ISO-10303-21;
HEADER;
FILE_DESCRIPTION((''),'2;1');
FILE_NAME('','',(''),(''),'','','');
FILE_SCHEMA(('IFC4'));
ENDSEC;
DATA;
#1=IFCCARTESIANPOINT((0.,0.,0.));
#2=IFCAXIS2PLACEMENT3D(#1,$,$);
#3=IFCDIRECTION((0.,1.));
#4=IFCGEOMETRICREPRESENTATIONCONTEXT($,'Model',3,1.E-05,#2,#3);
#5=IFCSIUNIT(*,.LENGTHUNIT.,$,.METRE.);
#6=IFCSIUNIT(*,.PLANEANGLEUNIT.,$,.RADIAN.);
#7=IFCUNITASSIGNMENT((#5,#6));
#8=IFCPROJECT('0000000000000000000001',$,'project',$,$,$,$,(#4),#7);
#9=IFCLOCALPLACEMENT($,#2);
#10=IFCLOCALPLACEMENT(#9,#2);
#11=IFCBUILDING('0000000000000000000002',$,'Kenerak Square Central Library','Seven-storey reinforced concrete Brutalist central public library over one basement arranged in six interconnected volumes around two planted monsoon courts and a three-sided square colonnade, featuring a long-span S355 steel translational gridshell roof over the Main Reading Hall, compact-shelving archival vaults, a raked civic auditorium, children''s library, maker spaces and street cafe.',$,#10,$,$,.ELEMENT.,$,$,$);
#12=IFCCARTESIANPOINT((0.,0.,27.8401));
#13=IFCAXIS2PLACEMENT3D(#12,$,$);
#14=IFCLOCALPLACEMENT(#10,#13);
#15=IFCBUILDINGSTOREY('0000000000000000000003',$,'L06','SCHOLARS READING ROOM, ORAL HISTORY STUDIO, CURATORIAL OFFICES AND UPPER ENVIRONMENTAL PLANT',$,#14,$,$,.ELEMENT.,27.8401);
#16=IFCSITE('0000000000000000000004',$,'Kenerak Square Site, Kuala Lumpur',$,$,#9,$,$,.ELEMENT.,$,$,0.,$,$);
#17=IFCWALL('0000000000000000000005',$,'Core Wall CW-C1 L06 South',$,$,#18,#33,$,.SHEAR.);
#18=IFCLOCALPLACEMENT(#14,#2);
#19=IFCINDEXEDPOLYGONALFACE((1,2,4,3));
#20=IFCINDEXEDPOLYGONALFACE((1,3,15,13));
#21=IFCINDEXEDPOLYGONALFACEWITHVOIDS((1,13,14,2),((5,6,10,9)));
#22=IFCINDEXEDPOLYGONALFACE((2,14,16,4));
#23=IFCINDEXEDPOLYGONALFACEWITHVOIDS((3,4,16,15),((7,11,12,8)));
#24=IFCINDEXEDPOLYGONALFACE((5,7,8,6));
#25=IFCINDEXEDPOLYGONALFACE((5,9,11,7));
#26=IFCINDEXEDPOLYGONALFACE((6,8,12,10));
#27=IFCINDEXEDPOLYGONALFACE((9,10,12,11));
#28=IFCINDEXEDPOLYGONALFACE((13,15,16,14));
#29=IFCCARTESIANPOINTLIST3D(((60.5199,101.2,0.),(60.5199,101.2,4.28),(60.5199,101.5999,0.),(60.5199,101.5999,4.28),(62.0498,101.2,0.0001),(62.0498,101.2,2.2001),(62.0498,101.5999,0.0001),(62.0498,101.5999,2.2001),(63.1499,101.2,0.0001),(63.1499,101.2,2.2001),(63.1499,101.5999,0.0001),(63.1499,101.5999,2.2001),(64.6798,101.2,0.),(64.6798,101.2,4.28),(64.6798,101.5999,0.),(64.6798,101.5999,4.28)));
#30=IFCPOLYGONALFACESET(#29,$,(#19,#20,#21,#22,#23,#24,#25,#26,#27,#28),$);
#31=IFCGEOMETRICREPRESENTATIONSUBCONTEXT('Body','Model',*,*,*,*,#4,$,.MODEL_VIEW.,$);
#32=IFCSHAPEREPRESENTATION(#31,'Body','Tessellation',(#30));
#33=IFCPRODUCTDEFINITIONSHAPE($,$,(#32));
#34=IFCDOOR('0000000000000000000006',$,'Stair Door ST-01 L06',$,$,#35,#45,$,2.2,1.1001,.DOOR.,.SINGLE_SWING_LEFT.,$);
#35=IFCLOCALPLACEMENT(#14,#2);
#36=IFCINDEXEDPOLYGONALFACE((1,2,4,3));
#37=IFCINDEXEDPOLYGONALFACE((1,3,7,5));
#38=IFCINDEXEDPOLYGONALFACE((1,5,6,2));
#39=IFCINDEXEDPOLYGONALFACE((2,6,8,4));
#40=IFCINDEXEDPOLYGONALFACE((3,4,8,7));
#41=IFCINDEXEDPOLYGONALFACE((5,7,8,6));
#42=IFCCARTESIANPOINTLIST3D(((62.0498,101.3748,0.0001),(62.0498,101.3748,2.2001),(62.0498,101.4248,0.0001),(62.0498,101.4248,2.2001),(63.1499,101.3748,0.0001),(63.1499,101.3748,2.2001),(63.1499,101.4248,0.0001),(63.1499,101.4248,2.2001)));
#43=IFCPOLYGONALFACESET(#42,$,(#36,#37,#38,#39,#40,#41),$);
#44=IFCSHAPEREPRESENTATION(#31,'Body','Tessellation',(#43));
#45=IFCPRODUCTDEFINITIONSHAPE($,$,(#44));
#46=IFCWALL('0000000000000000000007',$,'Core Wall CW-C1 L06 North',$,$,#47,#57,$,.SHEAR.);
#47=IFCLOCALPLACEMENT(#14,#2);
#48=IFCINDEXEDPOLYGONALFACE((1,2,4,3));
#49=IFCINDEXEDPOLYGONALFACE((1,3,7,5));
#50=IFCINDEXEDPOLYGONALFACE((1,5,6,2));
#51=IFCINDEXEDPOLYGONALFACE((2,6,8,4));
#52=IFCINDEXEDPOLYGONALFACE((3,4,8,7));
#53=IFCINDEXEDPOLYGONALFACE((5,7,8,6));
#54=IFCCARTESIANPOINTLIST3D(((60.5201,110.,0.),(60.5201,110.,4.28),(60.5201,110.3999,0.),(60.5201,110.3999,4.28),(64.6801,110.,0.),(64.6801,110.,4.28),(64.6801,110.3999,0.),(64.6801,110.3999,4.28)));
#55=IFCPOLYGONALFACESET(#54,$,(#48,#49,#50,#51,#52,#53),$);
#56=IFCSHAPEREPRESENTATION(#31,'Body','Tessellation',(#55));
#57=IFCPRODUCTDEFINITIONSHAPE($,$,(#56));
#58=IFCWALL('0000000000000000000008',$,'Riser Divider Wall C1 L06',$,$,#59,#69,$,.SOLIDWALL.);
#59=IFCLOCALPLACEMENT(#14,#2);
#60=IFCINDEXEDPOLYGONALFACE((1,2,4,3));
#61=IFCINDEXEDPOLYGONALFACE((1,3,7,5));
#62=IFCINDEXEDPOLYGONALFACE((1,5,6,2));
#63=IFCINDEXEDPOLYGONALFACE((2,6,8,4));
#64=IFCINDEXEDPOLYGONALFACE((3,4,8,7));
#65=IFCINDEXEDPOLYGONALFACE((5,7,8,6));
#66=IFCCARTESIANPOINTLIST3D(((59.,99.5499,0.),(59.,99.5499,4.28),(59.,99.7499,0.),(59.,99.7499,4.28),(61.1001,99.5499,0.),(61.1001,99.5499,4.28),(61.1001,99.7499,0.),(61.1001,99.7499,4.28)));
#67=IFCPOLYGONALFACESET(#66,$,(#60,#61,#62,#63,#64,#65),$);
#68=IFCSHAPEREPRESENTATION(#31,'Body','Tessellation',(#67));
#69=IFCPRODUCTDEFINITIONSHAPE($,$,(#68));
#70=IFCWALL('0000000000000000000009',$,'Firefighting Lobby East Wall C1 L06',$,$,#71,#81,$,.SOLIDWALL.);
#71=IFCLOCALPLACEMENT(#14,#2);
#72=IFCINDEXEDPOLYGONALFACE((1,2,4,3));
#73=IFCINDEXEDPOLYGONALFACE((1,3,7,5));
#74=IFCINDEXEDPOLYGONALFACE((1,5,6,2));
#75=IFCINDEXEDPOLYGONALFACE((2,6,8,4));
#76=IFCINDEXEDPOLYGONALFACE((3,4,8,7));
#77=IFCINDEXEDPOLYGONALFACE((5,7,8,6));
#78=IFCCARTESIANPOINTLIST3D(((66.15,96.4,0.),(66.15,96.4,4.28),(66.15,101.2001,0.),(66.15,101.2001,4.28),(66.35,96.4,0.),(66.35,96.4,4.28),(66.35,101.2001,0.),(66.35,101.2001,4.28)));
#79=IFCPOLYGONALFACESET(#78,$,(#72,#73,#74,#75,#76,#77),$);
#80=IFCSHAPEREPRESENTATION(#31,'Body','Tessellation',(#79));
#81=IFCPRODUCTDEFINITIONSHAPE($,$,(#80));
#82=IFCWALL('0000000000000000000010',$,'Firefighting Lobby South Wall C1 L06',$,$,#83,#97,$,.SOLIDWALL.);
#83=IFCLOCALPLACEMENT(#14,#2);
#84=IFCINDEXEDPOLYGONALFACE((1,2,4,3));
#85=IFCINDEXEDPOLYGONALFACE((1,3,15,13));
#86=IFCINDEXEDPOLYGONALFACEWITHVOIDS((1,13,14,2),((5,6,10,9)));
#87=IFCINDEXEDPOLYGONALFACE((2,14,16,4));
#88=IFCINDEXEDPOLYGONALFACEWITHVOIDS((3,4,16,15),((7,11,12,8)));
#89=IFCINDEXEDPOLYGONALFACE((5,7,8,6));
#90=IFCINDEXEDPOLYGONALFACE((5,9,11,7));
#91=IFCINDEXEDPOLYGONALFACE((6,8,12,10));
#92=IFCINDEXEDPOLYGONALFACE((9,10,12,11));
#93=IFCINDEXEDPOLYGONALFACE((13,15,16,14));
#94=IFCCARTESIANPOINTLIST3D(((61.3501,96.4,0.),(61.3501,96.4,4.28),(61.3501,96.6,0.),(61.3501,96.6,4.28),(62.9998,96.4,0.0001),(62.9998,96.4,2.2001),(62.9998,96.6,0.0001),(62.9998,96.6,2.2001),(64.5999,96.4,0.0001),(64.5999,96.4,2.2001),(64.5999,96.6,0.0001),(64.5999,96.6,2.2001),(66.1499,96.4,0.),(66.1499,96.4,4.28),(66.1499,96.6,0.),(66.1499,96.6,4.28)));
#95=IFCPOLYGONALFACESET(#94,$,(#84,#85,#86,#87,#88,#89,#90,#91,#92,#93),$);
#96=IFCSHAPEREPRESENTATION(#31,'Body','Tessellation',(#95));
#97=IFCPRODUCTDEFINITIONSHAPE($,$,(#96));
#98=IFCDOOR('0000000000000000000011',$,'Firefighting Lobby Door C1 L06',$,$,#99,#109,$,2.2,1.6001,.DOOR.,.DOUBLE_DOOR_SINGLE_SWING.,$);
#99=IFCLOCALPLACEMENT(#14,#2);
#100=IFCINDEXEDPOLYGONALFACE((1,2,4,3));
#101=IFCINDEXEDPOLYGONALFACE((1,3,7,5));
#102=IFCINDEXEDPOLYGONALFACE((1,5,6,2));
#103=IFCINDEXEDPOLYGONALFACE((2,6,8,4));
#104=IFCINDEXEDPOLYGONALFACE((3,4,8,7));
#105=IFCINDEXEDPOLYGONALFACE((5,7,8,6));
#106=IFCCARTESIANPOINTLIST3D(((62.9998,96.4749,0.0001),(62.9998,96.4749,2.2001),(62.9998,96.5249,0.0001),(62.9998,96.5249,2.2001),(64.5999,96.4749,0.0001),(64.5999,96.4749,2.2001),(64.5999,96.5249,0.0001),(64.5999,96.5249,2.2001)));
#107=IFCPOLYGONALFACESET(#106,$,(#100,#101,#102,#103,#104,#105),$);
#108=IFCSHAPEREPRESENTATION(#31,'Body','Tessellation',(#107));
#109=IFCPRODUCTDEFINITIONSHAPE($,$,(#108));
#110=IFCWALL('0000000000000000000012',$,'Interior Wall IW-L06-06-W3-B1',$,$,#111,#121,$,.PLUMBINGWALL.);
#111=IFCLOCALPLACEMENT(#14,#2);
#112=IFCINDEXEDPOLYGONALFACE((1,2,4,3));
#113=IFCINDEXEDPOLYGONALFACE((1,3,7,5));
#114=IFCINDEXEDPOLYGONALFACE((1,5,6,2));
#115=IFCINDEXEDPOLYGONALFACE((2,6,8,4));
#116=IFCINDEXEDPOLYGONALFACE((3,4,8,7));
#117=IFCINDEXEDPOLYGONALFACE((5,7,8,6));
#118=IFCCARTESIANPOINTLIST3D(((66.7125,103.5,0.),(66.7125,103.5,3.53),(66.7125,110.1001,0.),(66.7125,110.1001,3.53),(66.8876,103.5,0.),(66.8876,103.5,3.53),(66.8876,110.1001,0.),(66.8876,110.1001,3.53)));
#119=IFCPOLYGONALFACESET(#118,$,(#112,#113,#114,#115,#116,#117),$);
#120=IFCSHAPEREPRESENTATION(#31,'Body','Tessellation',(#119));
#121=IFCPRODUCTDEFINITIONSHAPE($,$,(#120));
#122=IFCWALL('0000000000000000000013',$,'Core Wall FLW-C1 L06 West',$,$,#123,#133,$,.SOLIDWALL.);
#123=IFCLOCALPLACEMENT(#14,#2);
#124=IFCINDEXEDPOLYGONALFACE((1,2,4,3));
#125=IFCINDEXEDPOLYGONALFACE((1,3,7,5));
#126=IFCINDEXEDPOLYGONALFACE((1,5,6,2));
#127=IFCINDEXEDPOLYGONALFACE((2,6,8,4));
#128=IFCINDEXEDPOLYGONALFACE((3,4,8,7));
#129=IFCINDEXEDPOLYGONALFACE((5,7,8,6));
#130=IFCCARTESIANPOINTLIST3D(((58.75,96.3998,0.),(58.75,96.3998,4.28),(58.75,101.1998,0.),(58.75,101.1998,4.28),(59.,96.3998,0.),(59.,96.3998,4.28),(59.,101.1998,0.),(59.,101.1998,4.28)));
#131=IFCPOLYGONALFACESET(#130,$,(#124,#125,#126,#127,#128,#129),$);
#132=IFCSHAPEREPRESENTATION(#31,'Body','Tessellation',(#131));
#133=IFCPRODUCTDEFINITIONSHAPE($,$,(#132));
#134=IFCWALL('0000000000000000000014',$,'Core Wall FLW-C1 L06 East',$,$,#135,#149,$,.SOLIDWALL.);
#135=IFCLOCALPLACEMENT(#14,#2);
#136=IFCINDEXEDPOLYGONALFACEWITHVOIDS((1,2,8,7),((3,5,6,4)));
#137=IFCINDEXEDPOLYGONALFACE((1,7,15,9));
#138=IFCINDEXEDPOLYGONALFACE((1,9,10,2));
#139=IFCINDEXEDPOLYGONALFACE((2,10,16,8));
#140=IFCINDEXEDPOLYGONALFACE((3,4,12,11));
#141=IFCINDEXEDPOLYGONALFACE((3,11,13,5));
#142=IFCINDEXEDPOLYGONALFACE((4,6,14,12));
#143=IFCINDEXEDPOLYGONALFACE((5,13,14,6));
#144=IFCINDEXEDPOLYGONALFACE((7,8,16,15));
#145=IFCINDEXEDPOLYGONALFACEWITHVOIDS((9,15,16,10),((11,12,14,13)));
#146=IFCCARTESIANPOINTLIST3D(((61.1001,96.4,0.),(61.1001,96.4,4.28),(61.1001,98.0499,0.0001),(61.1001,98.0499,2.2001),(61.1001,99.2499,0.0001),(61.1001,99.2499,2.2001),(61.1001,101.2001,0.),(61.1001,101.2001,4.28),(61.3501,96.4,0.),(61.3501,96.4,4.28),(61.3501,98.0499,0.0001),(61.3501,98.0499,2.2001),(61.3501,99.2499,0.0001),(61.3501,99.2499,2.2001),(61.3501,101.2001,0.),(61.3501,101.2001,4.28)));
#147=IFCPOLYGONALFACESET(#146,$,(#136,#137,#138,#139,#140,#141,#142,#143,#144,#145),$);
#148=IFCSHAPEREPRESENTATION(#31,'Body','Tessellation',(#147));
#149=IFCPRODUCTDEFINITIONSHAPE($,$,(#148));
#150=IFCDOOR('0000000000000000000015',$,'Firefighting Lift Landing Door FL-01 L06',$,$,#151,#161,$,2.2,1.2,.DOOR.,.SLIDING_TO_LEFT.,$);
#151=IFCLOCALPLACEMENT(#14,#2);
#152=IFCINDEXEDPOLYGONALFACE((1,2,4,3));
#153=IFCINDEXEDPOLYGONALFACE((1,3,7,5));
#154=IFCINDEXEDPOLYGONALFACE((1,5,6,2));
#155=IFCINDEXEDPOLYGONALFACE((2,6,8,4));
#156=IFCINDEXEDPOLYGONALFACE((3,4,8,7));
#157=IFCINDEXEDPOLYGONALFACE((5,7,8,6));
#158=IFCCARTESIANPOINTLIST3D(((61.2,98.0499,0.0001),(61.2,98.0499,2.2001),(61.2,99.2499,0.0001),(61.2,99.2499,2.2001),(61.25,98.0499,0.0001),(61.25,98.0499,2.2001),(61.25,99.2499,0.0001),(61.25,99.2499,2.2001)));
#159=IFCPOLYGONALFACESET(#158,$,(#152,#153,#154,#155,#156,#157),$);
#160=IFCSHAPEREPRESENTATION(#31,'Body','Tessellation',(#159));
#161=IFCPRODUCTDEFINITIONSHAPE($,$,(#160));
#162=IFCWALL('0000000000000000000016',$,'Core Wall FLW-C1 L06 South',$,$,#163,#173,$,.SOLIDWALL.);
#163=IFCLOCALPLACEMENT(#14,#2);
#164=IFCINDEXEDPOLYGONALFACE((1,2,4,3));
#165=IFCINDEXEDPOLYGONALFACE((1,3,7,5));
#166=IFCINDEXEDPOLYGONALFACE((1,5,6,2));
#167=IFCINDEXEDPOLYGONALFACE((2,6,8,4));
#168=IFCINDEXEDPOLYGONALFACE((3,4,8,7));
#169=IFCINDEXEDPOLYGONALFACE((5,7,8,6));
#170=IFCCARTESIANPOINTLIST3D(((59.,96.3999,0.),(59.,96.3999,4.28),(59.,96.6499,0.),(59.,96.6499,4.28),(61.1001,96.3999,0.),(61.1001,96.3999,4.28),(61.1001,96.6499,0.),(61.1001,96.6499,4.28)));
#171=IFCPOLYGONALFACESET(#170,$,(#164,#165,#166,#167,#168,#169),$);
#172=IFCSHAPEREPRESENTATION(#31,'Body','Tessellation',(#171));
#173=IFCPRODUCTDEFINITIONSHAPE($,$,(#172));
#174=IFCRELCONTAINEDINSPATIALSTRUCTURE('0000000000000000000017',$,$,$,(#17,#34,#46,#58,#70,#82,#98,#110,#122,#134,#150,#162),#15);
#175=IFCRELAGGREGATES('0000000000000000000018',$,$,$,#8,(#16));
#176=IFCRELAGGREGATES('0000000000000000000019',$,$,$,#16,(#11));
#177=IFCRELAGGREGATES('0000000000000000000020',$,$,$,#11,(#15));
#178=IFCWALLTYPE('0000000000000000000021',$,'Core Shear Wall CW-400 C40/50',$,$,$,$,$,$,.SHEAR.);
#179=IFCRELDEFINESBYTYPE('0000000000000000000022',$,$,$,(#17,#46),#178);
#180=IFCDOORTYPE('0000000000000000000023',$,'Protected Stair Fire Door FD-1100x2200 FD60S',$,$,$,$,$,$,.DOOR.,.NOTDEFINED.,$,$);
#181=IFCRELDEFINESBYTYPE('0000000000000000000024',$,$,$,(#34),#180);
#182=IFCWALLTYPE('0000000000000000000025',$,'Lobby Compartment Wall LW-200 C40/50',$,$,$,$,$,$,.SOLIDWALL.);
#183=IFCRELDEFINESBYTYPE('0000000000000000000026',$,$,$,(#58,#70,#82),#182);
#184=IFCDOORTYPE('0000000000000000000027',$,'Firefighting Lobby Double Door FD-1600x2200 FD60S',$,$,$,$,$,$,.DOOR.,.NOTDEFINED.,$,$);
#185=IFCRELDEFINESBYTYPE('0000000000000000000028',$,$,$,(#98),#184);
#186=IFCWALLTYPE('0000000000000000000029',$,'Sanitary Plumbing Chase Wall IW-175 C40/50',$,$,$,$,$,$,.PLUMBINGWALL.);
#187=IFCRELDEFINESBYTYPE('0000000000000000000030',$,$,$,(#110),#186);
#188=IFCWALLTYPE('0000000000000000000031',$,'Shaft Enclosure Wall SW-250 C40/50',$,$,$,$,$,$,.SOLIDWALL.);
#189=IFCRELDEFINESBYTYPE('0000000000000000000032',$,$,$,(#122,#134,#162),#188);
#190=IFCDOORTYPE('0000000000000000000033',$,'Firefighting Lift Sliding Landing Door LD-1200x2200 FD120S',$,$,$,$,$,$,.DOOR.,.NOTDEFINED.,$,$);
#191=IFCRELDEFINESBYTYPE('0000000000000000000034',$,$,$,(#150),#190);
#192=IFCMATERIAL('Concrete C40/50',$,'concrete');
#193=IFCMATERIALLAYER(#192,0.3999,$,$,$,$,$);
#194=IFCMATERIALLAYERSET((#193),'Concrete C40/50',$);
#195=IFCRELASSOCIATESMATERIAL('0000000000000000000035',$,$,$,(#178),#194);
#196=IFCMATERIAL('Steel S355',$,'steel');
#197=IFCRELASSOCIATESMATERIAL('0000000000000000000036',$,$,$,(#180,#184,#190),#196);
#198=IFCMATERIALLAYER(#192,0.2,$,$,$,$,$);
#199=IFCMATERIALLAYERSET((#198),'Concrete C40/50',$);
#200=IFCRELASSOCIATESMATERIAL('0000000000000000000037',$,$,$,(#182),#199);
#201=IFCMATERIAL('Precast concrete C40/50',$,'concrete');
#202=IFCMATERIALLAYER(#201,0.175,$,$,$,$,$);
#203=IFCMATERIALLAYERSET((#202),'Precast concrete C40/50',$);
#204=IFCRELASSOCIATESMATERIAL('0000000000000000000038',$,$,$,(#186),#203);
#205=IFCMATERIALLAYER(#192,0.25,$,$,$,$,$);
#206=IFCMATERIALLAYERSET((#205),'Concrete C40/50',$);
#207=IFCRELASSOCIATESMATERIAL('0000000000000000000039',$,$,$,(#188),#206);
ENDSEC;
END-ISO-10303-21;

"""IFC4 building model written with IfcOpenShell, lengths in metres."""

from ifc_helpers import new_model, si_unit, direction, frame, frame_2d, origin, place, context, subcontext, project, spatial, rectangle, extrude, material, layer, layer_set, type_object, element, fill, save


model = new_model("IFC4")

# Units and contexts
model_context = context("Model", 3, precision=1e-05, world=origin(), true_north=direction((0.0, 1.0)))
body_context = subcontext(model_context, "Body", "Model", "MODEL_VIEW")
ifc_project = project(units=[si_unit("LENGTHUNIT", "METRE"), si_unit("PLANEANGLEUNIT", "RADIAN")], contexts=[model_context])

# Site, building, storey
site_placement = place(None, origin())
site = spatial("IfcSite", under=ifc_project, at=site_placement, Name="Kenerak Square Site, Kuala Lumpur", CompositionType="ELEMENT", RefElevation=0.0)
building_placement = place(site_placement, origin())
building = spatial("IfcBuilding", under=site, at=building_placement, Name="Kenerak Square Central Library", Description="Seven-storey reinforced concrete Brutalist central public library over one basement arranged in six interconnected volumes around two planted monsoon courts and a three-sided square colonnade, featuring a long-span S355 steel translational gridshell roof over the Main Reading Hall, compact-shelving archival vaults, a raked civic auditorium, children's library, maker spaces and street cafe.", CompositionType="ELEMENT")
storey_placement = place(building_placement, frame((0.0, 0.0, 27.8401)))
storey = spatial("IfcBuildingStorey", under=building, at=storey_placement, Name="L06", Description="SCHOLARS READING ROOM, ORAL HISTORY STUDIO, CURATORIAL OFFICES AND UPPER ENVIRONMENTAL PLANT", CompositionType="ELEMENT", Elevation=27.8401)

# Shared definitions
ifc_material_1 = material(Name="Concrete C40/50", Category="concrete")

# Shared definitions
ifc_layer_1 = layer(ifc_material_1, 0.3999)
ifc_layer_set_1 = layer_set([ifc_layer_1], Name="Concrete C40/50")
wall_type_1 = type_object("IfcWallType", Name="Core Shear Wall CW-400 C40/50", PredefinedType="SHEAR", material=ifc_layer_set_1)

# Wall, opening, door
wall_1_placement = place(storey_placement, frame((64.6799, 101.3999, 0.0), z_axis=(0.0, 0.0, 1.0), x_axis=(-1.0, 0.0, 0.0)))
wall_1 = element("IfcWall", 1, at=wall_1_placement, inside=storey, type_object=wall_type_1, Name="Core Wall CW-C1 L06 South", PredefinedType="SHEAR", context=body_context, shape_type="SweptSolid", body=[
    extrude(rectangle(XDim=4.1599, YDim=0.3999, at=frame_2d((2.0801, 0.0))), origin(), (0.0, 0.0, 1.0), 4.28),
])
opening_1_placement = place(wall_1_placement, frame((1.53, 0.0, 0.0)))
opening_1 = element("IfcOpeningElement", 2, at=opening_1_placement, cuts=wall_1, PredefinedType="OPENING", context=body_context, shape_type="SweptSolid", body=[
    extrude(rectangle(XDim=1.1001, YDim=2.2, at=frame_2d((0.55, 1.1001))), frame((0.0, 0.21, 0.0), z_axis=(0.0, -1.0, 0.0), x_axis=(1.0, 0.0, 0.0)), (0.0, 0.0, 1.0), 0.4199),
])
ifc_material_2 = material(Name="Steel S355", Category="steel")
door_type_1 = type_object("IfcDoorType", Name="Protected Stair Fire Door FD-1100x2200 FD60S", OperationType="NOTDEFINED", PredefinedType="DOOR", material=ifc_material_2)
door_1_placement = place(opening_1_placement, frame((1.1001, 0.0, 0.0), z_axis=(0.0, 0.0, 1.0), x_axis=(-1.0, 0.0, 0.0)))
door_1 = element("IfcDoor", 3, at=door_1_placement, inside=storey, type_object=door_type_1, Name="Stair Door ST-01 L06", OperationType="SINGLE_SWING_LEFT", OverallHeight=2.2, OverallWidth=1.1001, PredefinedType="DOOR", context=body_context, shape_type="SweptSolid", body=[
    extrude(rectangle(XDim=1.1001, YDim=2.2, at=frame_2d((0.55, 1.1001))), frame((0.0, 0.0249, 0.0), z_axis=(0.0, -1.0, 0.0), x_axis=(1.0, 0.0, 0.0)), (0.0, 0.0, 1.0), 0.05),
])
fill(opening_1, door_1)

# Walls
wall_2_placement = place(storey_placement, frame((60.52, 110.2, 0.0), z_axis=(0.0, 0.0, 1.0), x_axis=(1.0, 0.0, 0.0)))
element("IfcWall", 4, at=wall_2_placement, inside=storey, type_object=wall_type_1, Name="Core Wall CW-C1 L06 North", PredefinedType="SHEAR", context=body_context, shape_type="SweptSolid", body=[
    extrude(rectangle(XDim=4.1599, YDim=0.3999, at=frame_2d((2.0801, 0.0))), origin(), (0.0, 0.0, 1.0), 4.28),
])
ifc_layer_2 = layer(ifc_material_1, 0.2)
ifc_layer_set_2 = layer_set([ifc_layer_2], Name="Concrete C40/50")
wall_type_2 = type_object("IfcWallType", Name="Lobby Compartment Wall LW-200 C40/50", PredefinedType="SOLIDWALL", material=ifc_layer_set_2)
wall_3_placement = place(storey_placement, frame((59.0, 99.6499, 0.0), z_axis=(0.0, 0.0, 1.0), x_axis=(1.0, 0.0, 0.0)))
element("IfcWall", 5, at=wall_3_placement, inside=storey, type_object=wall_type_2, Name="Riser Divider Wall C1 L06", PredefinedType="SOLIDWALL", context=body_context, shape_type="SweptSolid", body=[
    extrude(rectangle(XDim=2.1001, YDim=0.2, at=frame_2d((1.05, 0.0))), origin(), (0.0, 0.0, 1.0), 4.28),
])
wall_4_placement = place(storey_placement, frame((66.25, 101.2, 0.0), z_axis=(0.0, 0.0, 1.0), x_axis=(0.0, -1.0, 0.0)))
element("IfcWall", 6, at=wall_4_placement, inside=storey, type_object=wall_type_2, Name="Firefighting Lobby East Wall C1 L06", PredefinedType="SOLIDWALL", context=body_context, shape_type="SweptSolid", body=[
    extrude(rectangle(XDim=4.8, YDim=0.2, at=frame_2d((2.3999, 0.0))), origin(), (0.0, 0.0, 1.0), 4.28),
])

# Wall, opening, door
wall_5_placement = place(storey_placement, frame((66.1499, 96.5, 0.0), z_axis=(0.0, 0.0, 1.0), x_axis=(-1.0, 0.0, 0.0)))
wall_5 = element("IfcWall", 7, at=wall_5_placement, inside=storey, type_object=wall_type_2, Name="Firefighting Lobby South Wall C1 L06", PredefinedType="SOLIDWALL", context=body_context, shape_type="SweptSolid", body=[
    extrude(rectangle(XDim=4.7998, YDim=0.2, at=frame_2d((2.3999, 0.0))), origin(), (0.0, 0.0, 1.0), 4.28),
])
opening_2_placement = place(wall_5_placement, frame((1.55, 0.0, 0.0)))
opening_2 = element("IfcOpeningElement", 8, at=opening_2_placement, cuts=wall_5, PredefinedType="OPENING", context=body_context, shape_type="SweptSolid", body=[
    extrude(rectangle(XDim=1.6001, YDim=2.2, at=frame_2d((0.8, 1.1001))), frame((0.0, 0.1099, 0.0), z_axis=(0.0, -1.0, 0.0), x_axis=(1.0, 0.0, 0.0)), (0.0, 0.0, 1.0), 0.22),
])
door_type_2 = type_object("IfcDoorType", Name="Firefighting Lobby Double Door FD-1600x2200 FD60S", OperationType="NOTDEFINED", PredefinedType="DOOR", material=ifc_material_2)
door_2_placement = place(opening_2_placement, frame((1.6001, 0.0, 0.0), z_axis=(0.0, 0.0, 1.0), x_axis=(-1.0, 0.0, 0.0)))
door_2 = element("IfcDoor", 9, at=door_2_placement, inside=storey, type_object=door_type_2, Name="Firefighting Lobby Door C1 L06", OperationType="DOUBLE_DOOR_SINGLE_SWING", OverallHeight=2.2, OverallWidth=1.6001, PredefinedType="DOOR", context=body_context, shape_type="SweptSolid", body=[
    extrude(rectangle(XDim=1.6001, YDim=2.2, at=frame_2d((0.8, 1.1001))), frame((0.0, 0.0249, 0.0), z_axis=(0.0, -1.0, 0.0), x_axis=(1.0, 0.0, 0.0)), (0.0, 0.0, 1.0), 0.05),
])
fill(opening_2, door_2)

# Walls
ifc_material_3 = material(Name="Precast concrete C40/50", Category="concrete")
ifc_layer_3 = layer(ifc_material_3, 0.175)
ifc_layer_set_3 = layer_set([ifc_layer_3], Name="Precast concrete C40/50")
wall_type_3 = type_object("IfcWallType", Name="Sanitary Plumbing Chase Wall IW-175 C40/50", PredefinedType="PLUMBINGWALL", material=ifc_layer_set_3)
wall_6_placement = place(storey_placement, frame((66.8, 103.5, 0.0), z_axis=(0.0, 0.0, 1.0), x_axis=(0.0, 1.0, 0.0)))
element("IfcWall", 10, at=wall_6_placement, inside=storey, type_object=wall_type_3, Name="Interior Wall IW-L06-06-W3-B1", PredefinedType="PLUMBINGWALL", context=body_context, shape_type="SweptSolid", body=[
    extrude(rectangle(XDim=6.6001, YDim=0.175, at=frame_2d((3.3, 0.0))), origin(), (0.0, 0.0, 1.0), 3.53),
])
ifc_layer_4 = layer(ifc_material_1, 0.25)
ifc_layer_set_4 = layer_set([ifc_layer_4], Name="Concrete C40/50")
wall_type_4 = type_object("IfcWallType", Name="Shaft Enclosure Wall SW-250 C40/50", PredefinedType="SOLIDWALL", material=ifc_layer_set_4)
wall_7_placement = place(storey_placement, frame((58.875, 96.3999, 0.0), z_axis=(0.0, 0.0, 1.0), x_axis=(0.0, 1.0, 0.0)))
element("IfcWall", 11, at=wall_7_placement, inside=storey, type_object=wall_type_4, Name="Core Wall FLW-C1 L06 West", PredefinedType="SOLIDWALL", context=body_context, shape_type="SweptSolid", body=[
    extrude(rectangle(XDim=4.8, YDim=0.25, at=frame_2d((2.3999, 0.0))), origin(), (0.0, 0.0, 1.0), 4.28),
])

# Wall, opening, door
wall_8_placement = place(storey_placement, frame((61.2251, 101.2, 0.0), z_axis=(0.0, 0.0, 1.0), x_axis=(0.0, -1.0, 0.0)))
wall_8 = element("IfcWall", 12, at=wall_8_placement, inside=storey, type_object=wall_type_4, Name="Core Wall FLW-C1 L06 East", PredefinedType="SOLIDWALL", context=body_context, shape_type="SweptSolid", body=[
    extrude(rectangle(XDim=4.8, YDim=0.25, at=frame_2d((2.3999, 0.0))), origin(), (0.0, 0.0, 1.0), 4.28),
])
opening_3_placement = place(wall_8_placement, frame((1.95, 0.0, 0.0)))
opening_3 = element("IfcOpeningElement", 13, at=opening_3_placement, cuts=wall_8, PredefinedType="OPENING", context=body_context, shape_type="SweptSolid", body=[
    extrude(rectangle(XDim=1.2, YDim=2.2, at=frame_2d((0.6001, 1.1001))), frame((0.0, 0.135, 0.0), z_axis=(0.0, -1.0, 0.0), x_axis=(1.0, 0.0, 0.0)), (0.0, 0.0, 1.0), 0.27),
])
door_type_3 = type_object("IfcDoorType", Name="Firefighting Lift Sliding Landing Door LD-1200x2200 FD120S", OperationType="NOTDEFINED", PredefinedType="DOOR", material=ifc_material_2)
door_3_placement = place(opening_3_placement, origin())
door_3 = element("IfcDoor", 14, at=door_3_placement, inside=storey, type_object=door_type_3, Name="Firefighting Lift Landing Door FL-01 L06", OperationType="SLIDING_TO_LEFT", OverallHeight=2.2, OverallWidth=1.2, PredefinedType="DOOR", context=body_context, shape_type="SweptSolid", body=[
    extrude(rectangle(XDim=1.2, YDim=2.2, at=frame_2d((0.6001, 1.1001))), frame((0.0, 0.0249, 0.0), z_axis=(0.0, -1.0, 0.0), x_axis=(1.0, 0.0, 0.0)), (0.0, 0.0, 1.0), 0.05),
])
fill(opening_3, door_3)

# Wall
for number, where, z_axis, x_axis, name in (
    (15, (61.1001, 96.5249, 0.0), (0.0, 0.0, 1.0), (-1.0, 0.0, 0.0), "Core Wall FLW-C1 L06 South"),
):
    element("IfcWall", number, at=place(storey_placement, frame(where, z_axis=z_axis, x_axis=x_axis)), inside=storey, type_object=wall_type_4, Name=name, PredefinedType="SOLIDWALL", context=body_context, shape_type="SweptSolid", body=[
        extrude(rectangle(XDim=2.1001, YDim=0.25, at=frame_2d((1.05, 0.0))), origin(), (0.0, 0.0, 1.0), 4.28),
    ])

save(model, "model.ifc")
